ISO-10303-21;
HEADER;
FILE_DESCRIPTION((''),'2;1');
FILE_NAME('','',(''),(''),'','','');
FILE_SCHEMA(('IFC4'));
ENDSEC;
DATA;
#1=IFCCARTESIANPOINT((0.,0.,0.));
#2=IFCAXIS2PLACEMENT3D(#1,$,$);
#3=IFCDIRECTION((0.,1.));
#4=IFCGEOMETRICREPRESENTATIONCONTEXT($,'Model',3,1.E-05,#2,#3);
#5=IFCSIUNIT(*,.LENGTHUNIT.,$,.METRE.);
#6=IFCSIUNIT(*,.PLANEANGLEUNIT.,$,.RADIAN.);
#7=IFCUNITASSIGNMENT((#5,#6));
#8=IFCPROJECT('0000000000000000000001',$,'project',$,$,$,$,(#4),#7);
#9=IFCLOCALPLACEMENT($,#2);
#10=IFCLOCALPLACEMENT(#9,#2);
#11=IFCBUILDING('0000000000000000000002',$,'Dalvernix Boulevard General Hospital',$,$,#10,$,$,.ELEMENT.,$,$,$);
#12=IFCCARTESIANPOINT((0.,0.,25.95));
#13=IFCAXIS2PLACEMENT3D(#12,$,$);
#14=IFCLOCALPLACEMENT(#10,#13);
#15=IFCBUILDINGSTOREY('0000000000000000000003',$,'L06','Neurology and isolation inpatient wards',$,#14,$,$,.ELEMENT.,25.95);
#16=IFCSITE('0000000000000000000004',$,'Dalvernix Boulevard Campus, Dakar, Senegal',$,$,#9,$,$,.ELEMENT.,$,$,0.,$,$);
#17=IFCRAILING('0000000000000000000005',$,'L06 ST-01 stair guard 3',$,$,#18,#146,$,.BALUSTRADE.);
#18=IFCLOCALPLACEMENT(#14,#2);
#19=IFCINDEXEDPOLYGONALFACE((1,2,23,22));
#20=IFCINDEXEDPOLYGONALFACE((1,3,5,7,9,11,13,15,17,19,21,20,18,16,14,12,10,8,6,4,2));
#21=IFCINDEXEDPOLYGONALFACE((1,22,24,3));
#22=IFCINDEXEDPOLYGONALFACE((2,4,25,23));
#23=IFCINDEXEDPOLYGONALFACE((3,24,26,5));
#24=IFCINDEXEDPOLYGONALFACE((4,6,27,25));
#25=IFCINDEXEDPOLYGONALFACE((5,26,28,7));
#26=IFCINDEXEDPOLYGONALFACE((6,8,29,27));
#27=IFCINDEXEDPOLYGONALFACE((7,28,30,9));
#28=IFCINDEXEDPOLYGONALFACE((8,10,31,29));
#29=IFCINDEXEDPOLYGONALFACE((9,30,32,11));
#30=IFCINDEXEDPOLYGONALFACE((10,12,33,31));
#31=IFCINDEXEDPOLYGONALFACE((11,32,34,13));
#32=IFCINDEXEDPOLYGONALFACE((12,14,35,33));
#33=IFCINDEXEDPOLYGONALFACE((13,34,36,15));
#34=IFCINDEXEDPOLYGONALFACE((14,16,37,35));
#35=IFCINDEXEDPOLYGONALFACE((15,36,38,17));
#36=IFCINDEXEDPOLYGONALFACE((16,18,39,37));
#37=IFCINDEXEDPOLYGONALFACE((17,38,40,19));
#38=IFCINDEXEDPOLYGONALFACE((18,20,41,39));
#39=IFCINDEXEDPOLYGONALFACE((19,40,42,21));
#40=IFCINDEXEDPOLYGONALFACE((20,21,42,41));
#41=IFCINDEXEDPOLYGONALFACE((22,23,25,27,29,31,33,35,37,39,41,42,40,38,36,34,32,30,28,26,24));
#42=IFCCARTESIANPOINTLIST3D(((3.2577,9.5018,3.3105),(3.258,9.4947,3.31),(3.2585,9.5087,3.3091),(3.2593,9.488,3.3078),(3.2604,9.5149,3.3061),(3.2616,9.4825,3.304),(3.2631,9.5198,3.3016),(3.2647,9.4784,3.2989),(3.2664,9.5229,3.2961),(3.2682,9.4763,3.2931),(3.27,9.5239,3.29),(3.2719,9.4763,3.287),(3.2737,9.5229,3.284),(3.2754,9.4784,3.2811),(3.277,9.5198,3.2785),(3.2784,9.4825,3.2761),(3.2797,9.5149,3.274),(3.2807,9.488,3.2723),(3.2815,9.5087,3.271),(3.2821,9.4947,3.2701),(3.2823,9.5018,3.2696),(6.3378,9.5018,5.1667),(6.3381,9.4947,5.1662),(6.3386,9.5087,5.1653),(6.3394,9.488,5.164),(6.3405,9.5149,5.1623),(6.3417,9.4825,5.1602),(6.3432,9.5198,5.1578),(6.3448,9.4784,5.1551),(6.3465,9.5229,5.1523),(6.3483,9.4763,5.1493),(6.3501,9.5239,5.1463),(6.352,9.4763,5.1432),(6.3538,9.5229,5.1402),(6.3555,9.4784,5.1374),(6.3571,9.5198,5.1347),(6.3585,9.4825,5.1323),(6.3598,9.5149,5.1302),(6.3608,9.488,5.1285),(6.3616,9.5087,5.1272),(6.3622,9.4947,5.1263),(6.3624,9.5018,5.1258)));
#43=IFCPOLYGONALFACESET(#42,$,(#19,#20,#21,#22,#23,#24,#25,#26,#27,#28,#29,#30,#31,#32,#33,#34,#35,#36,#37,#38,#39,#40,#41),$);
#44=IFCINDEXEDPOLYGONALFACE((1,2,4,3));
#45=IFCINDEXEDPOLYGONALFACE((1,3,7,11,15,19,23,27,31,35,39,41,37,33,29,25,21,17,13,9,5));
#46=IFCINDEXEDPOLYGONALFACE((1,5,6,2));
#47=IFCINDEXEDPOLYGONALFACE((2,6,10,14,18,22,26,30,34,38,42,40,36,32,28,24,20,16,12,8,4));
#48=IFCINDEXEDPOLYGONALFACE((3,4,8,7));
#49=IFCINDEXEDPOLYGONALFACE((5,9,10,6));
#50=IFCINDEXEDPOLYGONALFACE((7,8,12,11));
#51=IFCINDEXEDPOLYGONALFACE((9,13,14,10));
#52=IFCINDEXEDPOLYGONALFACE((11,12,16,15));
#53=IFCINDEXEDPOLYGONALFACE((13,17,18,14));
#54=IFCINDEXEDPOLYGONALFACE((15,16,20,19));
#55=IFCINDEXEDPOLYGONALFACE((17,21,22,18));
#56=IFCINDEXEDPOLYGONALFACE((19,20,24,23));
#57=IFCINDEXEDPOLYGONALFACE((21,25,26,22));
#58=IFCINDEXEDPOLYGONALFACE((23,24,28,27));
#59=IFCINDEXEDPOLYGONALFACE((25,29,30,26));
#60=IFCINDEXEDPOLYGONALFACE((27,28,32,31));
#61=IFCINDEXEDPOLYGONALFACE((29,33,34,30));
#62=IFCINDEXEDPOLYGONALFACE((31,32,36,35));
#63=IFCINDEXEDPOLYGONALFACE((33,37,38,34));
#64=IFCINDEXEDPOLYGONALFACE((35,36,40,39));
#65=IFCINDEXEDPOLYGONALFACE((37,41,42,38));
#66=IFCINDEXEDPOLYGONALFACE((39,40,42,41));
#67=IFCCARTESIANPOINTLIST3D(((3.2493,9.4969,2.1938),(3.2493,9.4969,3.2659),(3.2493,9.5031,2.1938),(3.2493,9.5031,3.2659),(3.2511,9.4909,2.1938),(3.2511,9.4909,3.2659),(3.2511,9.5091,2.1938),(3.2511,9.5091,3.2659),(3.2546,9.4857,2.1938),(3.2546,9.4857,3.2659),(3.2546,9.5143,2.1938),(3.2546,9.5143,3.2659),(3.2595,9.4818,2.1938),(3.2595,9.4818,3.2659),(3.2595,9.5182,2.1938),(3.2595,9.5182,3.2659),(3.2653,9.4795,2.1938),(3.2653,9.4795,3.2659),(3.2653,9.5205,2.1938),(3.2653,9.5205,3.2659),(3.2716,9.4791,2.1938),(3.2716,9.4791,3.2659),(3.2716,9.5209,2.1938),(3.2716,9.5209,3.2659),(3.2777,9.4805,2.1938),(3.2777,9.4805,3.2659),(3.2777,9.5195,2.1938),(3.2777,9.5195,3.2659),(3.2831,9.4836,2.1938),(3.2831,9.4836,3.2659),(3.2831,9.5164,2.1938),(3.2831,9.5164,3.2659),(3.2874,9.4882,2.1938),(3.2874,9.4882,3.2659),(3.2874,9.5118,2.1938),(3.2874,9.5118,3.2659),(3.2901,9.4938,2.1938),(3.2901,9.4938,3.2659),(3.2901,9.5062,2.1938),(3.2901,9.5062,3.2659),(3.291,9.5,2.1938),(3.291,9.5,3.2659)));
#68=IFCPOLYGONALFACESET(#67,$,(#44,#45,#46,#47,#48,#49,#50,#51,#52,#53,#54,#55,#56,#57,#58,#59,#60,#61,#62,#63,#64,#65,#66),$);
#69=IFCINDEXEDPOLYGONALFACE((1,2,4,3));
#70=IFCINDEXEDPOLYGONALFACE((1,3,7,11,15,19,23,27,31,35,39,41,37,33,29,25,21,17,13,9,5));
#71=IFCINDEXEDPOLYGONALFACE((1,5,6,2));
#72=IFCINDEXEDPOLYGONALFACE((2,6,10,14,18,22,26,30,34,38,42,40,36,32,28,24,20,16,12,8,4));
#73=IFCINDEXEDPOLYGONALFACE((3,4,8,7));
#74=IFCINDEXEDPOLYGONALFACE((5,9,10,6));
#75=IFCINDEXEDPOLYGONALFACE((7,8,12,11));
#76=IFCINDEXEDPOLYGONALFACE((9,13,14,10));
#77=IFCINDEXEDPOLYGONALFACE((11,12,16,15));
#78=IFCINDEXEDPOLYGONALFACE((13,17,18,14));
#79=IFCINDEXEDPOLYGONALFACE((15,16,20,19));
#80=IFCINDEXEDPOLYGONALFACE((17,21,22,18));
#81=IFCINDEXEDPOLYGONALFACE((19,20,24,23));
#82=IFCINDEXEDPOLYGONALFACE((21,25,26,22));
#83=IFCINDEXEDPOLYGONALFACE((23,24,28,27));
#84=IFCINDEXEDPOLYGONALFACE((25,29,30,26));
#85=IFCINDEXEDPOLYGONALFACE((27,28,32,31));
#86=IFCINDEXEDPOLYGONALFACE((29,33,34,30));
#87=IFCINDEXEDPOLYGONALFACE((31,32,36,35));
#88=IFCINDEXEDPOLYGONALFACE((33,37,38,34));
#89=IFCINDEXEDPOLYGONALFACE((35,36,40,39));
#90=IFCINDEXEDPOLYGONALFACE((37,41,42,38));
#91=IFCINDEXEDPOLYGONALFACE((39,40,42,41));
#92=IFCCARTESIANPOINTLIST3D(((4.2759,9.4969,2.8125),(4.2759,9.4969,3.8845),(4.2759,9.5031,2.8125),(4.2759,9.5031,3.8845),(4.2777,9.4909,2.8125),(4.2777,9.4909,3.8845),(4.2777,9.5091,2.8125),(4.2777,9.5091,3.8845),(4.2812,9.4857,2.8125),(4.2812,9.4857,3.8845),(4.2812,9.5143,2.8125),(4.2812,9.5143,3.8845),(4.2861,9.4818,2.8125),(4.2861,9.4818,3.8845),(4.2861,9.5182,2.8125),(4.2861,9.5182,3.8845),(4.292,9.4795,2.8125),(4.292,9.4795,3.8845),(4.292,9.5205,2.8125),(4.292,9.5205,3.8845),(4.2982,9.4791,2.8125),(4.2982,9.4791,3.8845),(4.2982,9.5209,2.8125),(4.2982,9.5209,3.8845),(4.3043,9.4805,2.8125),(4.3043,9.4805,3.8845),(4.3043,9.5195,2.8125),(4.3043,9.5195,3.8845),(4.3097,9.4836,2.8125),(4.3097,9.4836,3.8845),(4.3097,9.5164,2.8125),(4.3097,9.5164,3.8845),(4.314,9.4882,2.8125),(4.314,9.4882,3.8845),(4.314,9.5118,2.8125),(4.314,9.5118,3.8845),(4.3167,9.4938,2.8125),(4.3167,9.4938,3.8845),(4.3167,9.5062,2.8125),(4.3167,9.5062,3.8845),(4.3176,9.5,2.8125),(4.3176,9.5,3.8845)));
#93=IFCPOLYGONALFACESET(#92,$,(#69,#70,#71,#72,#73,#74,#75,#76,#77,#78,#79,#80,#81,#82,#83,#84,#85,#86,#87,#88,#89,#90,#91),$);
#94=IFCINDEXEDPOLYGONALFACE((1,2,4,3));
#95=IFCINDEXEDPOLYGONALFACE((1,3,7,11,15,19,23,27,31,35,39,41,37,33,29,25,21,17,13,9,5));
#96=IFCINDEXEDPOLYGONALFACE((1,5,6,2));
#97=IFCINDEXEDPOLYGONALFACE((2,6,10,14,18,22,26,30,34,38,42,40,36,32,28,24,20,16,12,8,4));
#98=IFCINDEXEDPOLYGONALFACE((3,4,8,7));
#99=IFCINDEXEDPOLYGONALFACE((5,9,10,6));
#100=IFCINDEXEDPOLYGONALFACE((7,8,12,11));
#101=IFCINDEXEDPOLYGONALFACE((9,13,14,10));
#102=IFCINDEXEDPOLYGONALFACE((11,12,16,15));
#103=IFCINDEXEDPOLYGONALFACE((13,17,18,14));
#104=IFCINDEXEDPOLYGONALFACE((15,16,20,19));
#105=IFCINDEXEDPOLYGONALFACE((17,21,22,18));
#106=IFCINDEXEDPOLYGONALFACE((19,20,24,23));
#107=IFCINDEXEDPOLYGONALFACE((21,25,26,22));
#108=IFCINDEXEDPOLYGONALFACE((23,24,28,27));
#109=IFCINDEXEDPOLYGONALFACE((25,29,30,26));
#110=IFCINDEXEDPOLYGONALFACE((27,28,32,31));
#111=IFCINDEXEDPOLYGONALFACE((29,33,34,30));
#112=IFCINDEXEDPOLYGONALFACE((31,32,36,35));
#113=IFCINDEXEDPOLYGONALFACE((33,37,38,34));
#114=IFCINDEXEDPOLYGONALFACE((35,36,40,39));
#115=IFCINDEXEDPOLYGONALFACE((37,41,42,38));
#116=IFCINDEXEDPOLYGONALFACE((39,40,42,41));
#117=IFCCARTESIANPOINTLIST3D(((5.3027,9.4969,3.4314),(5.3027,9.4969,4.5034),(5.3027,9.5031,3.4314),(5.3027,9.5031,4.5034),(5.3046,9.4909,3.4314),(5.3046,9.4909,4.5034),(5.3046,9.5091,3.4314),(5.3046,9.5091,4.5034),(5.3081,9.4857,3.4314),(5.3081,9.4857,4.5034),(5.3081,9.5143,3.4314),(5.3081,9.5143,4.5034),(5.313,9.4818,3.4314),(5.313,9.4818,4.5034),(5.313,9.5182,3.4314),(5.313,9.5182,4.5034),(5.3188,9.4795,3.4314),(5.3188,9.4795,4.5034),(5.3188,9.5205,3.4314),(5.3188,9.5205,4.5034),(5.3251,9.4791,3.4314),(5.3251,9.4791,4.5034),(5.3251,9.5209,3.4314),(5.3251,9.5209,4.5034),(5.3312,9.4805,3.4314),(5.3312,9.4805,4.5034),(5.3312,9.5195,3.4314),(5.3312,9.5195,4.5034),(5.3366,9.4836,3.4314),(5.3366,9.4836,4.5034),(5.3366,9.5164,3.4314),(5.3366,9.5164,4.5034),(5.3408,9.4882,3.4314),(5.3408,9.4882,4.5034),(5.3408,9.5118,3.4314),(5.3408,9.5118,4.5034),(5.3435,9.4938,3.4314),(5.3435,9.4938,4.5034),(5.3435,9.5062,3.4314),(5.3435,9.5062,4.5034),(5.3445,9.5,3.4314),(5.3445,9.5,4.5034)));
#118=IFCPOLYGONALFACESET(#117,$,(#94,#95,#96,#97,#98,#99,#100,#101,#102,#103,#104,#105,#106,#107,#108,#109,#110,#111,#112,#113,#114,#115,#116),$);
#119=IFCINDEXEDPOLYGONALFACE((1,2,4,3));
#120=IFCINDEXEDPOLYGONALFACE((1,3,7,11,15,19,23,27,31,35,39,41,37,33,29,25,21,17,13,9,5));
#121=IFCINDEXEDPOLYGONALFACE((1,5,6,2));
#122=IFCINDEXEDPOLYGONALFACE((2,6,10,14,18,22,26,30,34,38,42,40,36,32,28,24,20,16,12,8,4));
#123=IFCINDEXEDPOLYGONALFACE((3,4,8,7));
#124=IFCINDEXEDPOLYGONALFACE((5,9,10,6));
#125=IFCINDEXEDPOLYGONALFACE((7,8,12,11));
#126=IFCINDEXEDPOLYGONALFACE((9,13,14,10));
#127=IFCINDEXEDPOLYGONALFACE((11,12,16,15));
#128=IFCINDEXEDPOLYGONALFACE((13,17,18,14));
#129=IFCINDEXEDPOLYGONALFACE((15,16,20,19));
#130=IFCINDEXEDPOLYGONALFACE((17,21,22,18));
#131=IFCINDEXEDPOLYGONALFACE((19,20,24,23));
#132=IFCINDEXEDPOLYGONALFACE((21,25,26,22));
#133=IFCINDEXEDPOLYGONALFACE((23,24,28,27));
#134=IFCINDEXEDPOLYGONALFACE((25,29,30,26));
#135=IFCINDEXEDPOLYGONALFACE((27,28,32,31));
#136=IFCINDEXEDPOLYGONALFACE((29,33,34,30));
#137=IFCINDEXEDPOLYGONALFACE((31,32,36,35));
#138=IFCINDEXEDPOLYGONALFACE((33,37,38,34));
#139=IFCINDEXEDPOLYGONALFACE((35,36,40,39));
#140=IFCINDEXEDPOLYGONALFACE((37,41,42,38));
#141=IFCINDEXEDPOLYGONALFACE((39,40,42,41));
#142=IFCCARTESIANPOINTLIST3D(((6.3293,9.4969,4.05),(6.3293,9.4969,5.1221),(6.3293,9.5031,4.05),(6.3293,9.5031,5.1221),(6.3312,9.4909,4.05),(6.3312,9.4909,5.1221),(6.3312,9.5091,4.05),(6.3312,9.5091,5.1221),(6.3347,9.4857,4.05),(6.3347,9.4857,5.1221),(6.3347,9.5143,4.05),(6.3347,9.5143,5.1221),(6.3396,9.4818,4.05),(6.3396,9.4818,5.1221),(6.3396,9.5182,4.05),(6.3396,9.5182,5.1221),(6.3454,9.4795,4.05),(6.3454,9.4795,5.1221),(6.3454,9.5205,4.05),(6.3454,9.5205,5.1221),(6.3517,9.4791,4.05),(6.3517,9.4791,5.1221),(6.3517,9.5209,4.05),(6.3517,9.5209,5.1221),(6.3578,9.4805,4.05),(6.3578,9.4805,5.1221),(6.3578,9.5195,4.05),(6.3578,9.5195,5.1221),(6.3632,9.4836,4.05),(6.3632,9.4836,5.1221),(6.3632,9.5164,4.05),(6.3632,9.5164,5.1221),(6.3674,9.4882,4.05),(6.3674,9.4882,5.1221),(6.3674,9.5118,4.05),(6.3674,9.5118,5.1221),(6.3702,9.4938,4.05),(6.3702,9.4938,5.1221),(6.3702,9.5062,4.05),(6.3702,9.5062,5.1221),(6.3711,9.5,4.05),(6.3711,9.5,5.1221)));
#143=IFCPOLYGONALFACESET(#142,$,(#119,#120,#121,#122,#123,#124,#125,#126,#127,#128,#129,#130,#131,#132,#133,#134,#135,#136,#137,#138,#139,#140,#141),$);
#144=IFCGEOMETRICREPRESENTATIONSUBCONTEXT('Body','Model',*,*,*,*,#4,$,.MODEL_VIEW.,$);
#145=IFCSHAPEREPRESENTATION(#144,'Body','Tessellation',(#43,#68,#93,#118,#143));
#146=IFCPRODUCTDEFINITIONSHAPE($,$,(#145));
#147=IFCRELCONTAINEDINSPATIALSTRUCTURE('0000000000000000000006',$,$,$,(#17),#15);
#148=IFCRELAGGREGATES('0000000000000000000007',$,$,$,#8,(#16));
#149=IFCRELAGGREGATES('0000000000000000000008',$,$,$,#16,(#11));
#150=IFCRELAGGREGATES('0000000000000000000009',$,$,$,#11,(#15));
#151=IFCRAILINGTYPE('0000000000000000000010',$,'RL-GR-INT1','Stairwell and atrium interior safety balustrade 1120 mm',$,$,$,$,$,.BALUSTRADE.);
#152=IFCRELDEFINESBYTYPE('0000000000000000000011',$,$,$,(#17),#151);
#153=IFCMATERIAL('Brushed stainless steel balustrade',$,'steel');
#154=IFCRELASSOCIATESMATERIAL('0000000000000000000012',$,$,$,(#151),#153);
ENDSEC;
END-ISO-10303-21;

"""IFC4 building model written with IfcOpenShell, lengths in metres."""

from ifc_helpers import new_model, si_unit, direction, frame, origin, origin_2d, place, context, subcontext, project, spatial, circle, extrude, material, type_object, element, save


model = new_model("IFC4")

# Units and contexts
model_context = context("Model", 3, precision=1e-05, world=origin(), true_north=direction((0.0, 1.0)))
body_context = subcontext(model_context, "Body", "Model", "MODEL_VIEW")
ifc_project = project(units=[si_unit("LENGTHUNIT", "METRE"), si_unit("PLANEANGLEUNIT", "RADIAN")], contexts=[model_context])

# Site, building, storey
site_placement = place(None, origin())
site = spatial("IfcSite", under=ifc_project, at=site_placement, Name="Dalvernix Boulevard Campus, Dakar, Senegal", CompositionType="ELEMENT", RefElevation=0.0)
building_placement = place(site_placement, origin())
building = spatial("IfcBuilding", under=site, at=building_placement, Name="Dalvernix Boulevard General Hospital", CompositionType="ELEMENT")
storey_placement = place(building_placement, frame((0.0, 0.0, 25.95)))
storey = spatial("IfcBuildingStorey", under=building, at=storey_placement, Name="L06", Description="Neurology and isolation inpatient wards", CompositionType="ELEMENT", Elevation=25.95)

# Railing
ifc_material_1 = material(Name="Brushed stainless steel balustrade", Category="steel")
railing_type_1 = type_object("IfcRailingType", Name="RL-GR-INT1", Description="Stairwell and atrium interior safety balustrade 1120 mm", PredefinedType="BALUSTRADE", material=ifc_material_1)
railing_1_placement = place(storey_placement, frame((3.27, 9.5, 2.1938)))
element("IfcRailing", 1, at=railing_1_placement, inside=storey, type_object=railing_type_1, Name="L06 ST-01 stair guard 3", PredefinedType="BALUSTRADE", context=body_context, shape_type="SweptSolid", body=[
    extrude(circle(Radius=0.0239, at=origin_2d()), frame((0.0, 0.0, 1.0962), z_axis=(0.856491, 0.0, 0.516162), x_axis=(0.0, 1.0, 0.0)), (0.0, 0.0, 1.0), 3.5962),
    extrude(circle(Radius=0.021, at=origin_2d()), origin(), (0.0, 0.0, 1.0), 1.072),
    extrude(circle(Radius=0.021, at=origin_2d()), frame((1.0266, 0.0, 0.6187)), (0.0, 0.0, 1.0), 1.072),
    extrude(circle(Radius=0.021, at=origin_2d()), frame((2.0535, 0.0, 1.2375)), (0.0, 0.0, 1.0), 1.072),
    extrude(circle(Radius=0.021, at=origin_2d()), frame((3.0801, 0.0, 1.8562)), (0.0, 0.0, 1.0), 1.072),
])

save(model, "model.ifc")
